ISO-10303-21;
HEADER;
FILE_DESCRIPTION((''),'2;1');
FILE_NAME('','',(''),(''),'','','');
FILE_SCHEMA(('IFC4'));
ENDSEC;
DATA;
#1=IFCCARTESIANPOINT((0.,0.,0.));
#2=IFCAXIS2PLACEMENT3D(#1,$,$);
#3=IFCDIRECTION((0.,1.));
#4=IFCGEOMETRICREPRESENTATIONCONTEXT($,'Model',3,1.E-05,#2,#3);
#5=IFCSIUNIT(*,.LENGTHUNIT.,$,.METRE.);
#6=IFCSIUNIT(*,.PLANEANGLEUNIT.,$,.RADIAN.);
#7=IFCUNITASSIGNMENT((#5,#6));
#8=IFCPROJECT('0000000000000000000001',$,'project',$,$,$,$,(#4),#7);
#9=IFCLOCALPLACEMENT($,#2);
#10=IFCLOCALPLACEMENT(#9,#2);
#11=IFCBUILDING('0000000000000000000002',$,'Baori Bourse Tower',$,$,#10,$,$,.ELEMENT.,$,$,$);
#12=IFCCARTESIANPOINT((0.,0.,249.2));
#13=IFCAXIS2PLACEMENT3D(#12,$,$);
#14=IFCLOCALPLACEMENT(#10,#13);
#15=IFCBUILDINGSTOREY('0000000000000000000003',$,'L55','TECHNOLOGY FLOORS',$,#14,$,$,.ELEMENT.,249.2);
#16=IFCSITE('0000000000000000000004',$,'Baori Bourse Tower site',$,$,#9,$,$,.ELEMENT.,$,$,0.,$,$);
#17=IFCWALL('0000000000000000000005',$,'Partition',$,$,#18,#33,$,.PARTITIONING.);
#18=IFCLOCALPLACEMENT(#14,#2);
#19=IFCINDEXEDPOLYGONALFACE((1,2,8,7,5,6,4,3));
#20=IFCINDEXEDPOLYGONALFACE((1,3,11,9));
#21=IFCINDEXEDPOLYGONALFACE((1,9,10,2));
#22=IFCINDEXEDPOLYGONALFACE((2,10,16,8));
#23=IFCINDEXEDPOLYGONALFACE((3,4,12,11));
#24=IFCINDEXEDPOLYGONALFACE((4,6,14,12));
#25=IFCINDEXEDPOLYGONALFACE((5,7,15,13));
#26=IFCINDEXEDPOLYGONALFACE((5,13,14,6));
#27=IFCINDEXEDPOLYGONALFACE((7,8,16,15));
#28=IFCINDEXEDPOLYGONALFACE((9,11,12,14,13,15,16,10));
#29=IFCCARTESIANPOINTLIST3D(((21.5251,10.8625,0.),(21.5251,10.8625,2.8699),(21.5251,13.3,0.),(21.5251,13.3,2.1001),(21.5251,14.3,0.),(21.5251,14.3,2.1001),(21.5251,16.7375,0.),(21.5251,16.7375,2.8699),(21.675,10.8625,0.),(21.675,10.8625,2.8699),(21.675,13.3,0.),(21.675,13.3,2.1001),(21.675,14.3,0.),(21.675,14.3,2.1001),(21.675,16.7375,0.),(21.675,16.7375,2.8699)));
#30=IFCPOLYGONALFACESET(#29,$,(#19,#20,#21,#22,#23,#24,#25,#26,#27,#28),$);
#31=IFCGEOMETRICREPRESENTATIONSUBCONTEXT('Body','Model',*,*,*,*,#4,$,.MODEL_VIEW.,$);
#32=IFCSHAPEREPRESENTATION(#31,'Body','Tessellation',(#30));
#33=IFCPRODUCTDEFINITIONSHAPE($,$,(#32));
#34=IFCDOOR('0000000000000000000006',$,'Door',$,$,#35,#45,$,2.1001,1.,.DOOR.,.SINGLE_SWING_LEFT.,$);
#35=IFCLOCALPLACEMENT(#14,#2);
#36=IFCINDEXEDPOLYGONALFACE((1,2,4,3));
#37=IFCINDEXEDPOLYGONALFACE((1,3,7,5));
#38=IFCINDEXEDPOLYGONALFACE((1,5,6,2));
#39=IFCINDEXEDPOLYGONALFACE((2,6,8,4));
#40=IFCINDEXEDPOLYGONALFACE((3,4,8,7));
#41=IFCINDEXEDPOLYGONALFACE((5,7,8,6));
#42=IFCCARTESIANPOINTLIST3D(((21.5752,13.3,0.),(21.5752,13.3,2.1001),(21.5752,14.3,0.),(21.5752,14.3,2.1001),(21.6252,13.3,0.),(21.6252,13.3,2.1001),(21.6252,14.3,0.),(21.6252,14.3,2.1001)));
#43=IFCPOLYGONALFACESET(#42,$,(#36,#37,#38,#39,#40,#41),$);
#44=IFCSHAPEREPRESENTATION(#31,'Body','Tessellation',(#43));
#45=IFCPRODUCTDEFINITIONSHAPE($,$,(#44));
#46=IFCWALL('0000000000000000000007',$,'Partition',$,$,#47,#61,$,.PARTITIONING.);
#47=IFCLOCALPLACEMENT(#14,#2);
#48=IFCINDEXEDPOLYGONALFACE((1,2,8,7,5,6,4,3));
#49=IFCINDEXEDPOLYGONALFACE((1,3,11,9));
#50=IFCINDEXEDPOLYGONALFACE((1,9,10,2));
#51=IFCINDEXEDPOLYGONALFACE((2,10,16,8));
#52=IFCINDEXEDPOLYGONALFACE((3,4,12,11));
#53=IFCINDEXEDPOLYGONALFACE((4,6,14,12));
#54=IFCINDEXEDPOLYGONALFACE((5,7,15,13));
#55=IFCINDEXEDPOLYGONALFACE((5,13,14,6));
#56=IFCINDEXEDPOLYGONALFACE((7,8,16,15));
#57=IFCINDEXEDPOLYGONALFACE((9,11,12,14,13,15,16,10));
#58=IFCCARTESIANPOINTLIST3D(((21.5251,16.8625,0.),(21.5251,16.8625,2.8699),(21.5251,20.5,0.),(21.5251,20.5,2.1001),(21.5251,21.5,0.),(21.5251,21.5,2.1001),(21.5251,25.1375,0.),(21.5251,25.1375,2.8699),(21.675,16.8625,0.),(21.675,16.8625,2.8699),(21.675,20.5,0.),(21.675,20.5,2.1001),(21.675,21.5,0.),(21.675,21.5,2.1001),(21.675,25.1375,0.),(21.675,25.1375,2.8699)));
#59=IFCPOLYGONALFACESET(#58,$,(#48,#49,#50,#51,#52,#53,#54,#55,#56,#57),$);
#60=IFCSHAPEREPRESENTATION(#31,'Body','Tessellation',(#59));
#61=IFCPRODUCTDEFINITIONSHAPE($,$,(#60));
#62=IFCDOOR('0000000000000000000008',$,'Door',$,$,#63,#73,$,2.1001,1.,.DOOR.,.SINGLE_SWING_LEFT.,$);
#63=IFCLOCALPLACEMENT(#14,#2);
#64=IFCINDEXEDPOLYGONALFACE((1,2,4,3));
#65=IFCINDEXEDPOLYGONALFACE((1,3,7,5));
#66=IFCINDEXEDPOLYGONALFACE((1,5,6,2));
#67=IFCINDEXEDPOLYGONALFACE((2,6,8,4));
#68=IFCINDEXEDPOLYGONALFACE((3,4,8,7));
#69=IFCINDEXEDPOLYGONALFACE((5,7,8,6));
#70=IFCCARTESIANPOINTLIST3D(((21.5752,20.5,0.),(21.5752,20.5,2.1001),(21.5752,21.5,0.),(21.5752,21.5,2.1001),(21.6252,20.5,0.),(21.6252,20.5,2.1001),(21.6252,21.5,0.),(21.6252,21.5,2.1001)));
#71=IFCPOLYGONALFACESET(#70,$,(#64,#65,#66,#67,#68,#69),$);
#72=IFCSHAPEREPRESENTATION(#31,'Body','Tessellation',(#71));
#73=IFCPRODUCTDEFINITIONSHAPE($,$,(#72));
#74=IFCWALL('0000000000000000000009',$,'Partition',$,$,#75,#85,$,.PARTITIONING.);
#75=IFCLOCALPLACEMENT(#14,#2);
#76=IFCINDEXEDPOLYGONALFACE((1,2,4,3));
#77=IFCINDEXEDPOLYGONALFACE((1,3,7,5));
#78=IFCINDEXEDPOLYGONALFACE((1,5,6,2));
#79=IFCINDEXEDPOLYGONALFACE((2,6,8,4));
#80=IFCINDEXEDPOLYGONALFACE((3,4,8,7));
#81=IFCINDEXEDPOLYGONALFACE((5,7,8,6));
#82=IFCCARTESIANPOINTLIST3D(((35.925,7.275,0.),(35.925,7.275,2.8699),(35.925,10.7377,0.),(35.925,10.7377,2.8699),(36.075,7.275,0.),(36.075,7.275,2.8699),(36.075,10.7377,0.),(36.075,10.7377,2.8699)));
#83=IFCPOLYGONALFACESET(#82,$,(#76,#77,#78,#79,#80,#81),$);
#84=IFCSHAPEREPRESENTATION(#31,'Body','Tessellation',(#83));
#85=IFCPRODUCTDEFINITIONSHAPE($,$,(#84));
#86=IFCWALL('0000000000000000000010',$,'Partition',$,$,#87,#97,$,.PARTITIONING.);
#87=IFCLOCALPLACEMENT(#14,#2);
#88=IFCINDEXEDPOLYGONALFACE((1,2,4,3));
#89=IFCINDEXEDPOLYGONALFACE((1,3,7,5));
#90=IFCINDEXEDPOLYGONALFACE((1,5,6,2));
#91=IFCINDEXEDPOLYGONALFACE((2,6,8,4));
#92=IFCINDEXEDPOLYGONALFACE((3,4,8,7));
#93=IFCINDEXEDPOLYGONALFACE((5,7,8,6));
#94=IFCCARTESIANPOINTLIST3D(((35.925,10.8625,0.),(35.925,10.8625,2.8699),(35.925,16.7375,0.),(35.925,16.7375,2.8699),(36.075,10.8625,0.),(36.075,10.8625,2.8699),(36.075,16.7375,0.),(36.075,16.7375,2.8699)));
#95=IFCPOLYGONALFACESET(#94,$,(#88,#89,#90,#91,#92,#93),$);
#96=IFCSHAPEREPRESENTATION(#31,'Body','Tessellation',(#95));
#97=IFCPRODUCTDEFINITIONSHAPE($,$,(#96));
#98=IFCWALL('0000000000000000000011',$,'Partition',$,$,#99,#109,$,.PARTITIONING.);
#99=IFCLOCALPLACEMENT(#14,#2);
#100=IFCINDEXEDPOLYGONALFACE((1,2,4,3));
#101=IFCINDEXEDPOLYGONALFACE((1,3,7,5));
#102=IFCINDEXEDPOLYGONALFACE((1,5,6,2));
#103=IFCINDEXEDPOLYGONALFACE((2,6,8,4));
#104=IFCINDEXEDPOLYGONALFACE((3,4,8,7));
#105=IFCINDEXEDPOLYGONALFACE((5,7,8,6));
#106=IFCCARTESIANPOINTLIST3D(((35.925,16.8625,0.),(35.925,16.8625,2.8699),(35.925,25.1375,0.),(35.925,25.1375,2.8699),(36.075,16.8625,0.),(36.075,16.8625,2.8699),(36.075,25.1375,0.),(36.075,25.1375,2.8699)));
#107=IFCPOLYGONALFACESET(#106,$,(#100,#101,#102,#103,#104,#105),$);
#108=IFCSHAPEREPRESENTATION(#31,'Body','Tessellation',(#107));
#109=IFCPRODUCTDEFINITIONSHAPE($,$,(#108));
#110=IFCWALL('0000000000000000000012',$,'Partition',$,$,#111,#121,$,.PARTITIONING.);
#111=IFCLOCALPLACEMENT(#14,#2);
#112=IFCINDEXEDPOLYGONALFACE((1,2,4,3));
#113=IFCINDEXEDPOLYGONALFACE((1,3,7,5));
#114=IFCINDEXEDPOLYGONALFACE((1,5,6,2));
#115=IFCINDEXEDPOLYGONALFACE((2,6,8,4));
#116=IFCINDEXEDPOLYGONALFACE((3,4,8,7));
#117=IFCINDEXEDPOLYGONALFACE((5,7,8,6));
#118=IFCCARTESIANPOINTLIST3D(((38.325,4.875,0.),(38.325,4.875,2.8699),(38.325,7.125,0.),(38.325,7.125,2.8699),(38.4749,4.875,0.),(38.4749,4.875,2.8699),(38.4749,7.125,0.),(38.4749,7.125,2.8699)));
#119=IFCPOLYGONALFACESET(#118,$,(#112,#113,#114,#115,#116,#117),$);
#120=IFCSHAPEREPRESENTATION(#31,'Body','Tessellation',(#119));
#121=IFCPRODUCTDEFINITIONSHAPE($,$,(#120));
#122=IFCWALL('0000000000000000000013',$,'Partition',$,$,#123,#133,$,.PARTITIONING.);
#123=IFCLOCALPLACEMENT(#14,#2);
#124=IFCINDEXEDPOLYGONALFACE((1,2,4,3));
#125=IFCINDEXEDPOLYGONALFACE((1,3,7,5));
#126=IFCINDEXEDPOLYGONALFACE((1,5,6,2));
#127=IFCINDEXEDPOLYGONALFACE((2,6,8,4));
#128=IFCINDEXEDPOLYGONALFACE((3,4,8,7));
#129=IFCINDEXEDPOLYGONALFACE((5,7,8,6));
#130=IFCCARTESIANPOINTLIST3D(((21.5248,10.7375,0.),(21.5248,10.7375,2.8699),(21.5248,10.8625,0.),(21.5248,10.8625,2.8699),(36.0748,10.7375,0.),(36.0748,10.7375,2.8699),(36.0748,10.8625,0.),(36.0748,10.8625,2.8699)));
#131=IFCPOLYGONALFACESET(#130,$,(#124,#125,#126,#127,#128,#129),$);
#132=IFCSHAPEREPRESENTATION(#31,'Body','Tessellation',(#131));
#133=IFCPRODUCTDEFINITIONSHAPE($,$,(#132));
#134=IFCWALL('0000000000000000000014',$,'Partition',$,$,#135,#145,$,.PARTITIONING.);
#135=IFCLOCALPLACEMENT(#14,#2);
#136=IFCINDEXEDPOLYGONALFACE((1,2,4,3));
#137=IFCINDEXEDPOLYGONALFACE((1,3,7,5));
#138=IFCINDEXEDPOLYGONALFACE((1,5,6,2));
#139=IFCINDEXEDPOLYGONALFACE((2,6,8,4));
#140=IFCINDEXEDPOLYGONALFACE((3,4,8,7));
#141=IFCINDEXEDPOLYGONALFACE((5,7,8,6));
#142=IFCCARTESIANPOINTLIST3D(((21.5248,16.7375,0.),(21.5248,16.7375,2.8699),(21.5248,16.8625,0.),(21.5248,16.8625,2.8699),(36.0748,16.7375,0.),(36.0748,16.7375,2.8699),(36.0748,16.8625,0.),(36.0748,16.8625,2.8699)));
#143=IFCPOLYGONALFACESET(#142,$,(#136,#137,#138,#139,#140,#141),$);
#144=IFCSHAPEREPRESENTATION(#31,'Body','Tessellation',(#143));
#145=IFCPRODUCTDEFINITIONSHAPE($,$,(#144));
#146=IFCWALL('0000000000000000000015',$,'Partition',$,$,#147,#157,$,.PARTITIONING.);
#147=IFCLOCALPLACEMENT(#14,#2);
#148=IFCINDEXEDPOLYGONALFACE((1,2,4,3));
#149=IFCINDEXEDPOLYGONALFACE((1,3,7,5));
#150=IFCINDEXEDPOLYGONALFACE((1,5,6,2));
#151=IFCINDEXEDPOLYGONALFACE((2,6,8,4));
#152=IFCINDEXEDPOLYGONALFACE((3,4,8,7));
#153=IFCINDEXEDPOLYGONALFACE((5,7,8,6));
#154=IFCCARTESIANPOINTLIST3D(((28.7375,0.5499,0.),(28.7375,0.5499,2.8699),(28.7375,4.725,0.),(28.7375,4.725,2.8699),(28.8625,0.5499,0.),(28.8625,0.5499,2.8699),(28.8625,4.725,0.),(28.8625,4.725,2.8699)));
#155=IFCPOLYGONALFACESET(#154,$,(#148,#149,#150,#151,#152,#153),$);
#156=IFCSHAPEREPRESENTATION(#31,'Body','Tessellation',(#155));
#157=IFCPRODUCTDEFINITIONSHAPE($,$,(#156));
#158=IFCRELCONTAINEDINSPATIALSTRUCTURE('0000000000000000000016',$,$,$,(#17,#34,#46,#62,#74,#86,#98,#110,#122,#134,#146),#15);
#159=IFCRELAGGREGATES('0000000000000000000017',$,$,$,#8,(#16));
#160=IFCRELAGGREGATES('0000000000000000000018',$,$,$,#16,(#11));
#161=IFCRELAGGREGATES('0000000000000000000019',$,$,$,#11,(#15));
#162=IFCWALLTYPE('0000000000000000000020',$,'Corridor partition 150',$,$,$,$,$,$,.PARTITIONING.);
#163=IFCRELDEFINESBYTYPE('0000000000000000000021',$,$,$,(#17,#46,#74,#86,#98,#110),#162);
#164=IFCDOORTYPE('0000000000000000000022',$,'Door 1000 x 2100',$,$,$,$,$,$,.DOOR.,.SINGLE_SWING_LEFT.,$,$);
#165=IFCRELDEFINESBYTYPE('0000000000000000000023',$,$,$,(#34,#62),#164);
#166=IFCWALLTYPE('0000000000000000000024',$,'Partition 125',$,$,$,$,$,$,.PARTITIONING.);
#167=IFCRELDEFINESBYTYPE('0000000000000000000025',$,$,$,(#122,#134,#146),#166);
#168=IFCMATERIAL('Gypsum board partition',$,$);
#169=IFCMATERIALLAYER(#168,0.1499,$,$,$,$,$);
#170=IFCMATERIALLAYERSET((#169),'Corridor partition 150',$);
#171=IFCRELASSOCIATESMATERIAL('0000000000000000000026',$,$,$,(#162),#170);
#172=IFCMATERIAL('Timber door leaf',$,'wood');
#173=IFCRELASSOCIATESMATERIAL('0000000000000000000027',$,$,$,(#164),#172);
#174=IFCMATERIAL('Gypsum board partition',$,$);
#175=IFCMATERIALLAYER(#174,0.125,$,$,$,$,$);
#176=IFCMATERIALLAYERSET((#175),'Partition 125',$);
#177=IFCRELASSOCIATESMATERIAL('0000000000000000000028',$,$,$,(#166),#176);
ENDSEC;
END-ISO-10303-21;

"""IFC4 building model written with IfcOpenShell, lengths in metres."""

from ifc_helpers import new_model, si_unit, direction, frame, frame_2d, origin, place, context, subcontext, project, spatial, rectangle, extrude, material, layer, layer_set, type_object, element, fill, save


model = new_model("IFC4")

# Units and contexts
model_context = context("Model", 3, precision=1e-05, world=origin(), true_north=direction((0.0, 1.0)))
body_context = subcontext(model_context, "Body", "Model", "MODEL_VIEW")
ifc_project = project(units=[si_unit("LENGTHUNIT", "METRE"), si_unit("PLANEANGLEUNIT", "RADIAN")], contexts=[model_context])

# Site, building, storey
site_placement = place(None, origin())
site = spatial("IfcSite", under=ifc_project, at=site_placement, Name="Baori Bourse Tower site", CompositionType="ELEMENT", RefElevation=0.0)
building_placement = place(site_placement, origin())
building = spatial("IfcBuilding", under=site, at=building_placement, Name="Baori Bourse Tower", CompositionType="ELEMENT")
storey_placement = place(building_placement, frame((0.0, 0.0, 249.2)))
storey = spatial("IfcBuildingStorey", under=building, at=storey_placement, Name="L55", Description="TECHNOLOGY FLOORS", CompositionType="ELEMENT", Elevation=249.2)

# Shared definitions
ifc_material_1 = material(Name="Gypsum board partition")
ifc_layer_1 = layer(ifc_material_1, 0.1499)
ifc_layer_set_1 = layer_set([ifc_layer_1], Name="Corridor partition 150")
wall_type_1 = type_object("IfcWallType", Name="Corridor partition 150", PredefinedType="PARTITIONING", material=ifc_layer_set_1)
ifc_material_2 = material(Name="Timber door leaf", Category="wood")
door_type = type_object("IfcDoorType", Name="Door 1000 x 2100", OperationType="SINGLE_SWING_LEFT", PredefinedType="DOOR", material=ifc_material_2)

# Walls, openings, doors
wall_1_placement = place(storey_placement, frame((21.6001, 10.8625, 0.0), z_axis=(0.0, 0.0, 1.0), x_axis=(0.0, 1.0, 0.0)))
wall_1 = element("IfcWall", 1, at=wall_1_placement, inside=storey, type_object=wall_type_1, Name="Partition", PredefinedType="PARTITIONING", context=body_context, shape_type="SweptSolid", body=[
    extrude(rectangle(XDim=5.875, YDim=0.1499, at=frame_2d((2.9375, 0.0))), origin(), (0.0, 0.0, 1.0), 2.8699),
])
opening_1_placement = place(wall_1_placement, frame((2.4375, 0.0, 0.0)))
opening_1 = element("IfcOpeningElement", 2, at=opening_1_placement, cuts=wall_1, PredefinedType="OPENING", context=body_context, shape_type="SweptSolid", body=[
    extrude(rectangle(XDim=1.0, YDim=2.1001, at=frame_2d((0.5, 1.05))), frame((0.0, 0.085, 0.0), z_axis=(0.0, -1.0, 0.0), x_axis=(1.0, 0.0, 0.0)), (0.0, 0.0, 1.0), 0.1699),
])
door_1_placement = place(opening_1_placement, origin())
door_1 = element("IfcDoor", 3, at=door_1_placement, inside=storey, type_object=door_type, Name="Door", OperationType="SINGLE_SWING_LEFT", OverallHeight=2.1001, OverallWidth=1.0, PredefinedType="DOOR", context=body_context, shape_type="SweptSolid", body=[
    extrude(rectangle(XDim=1.0, YDim=2.1001, at=frame_2d((0.5, 1.05))), frame((0.0, 0.0249, 0.0), z_axis=(0.0, -1.0, 0.0), x_axis=(1.0, 0.0, 0.0)), (0.0, 0.0, 1.0), 0.05),
])
fill(opening_1, door_1)
wall_2_placement = place(storey_placement, frame((21.6001, 16.8625, 0.0), z_axis=(0.0, 0.0, 1.0), x_axis=(0.0, 1.0, 0.0)))
wall_2 = element("IfcWall", 4, at=wall_2_placement, inside=storey, type_object=wall_type_1, Name="Partition", PredefinedType="PARTITIONING", context=body_context, shape_type="SweptSolid", body=[
    extrude(rectangle(XDim=8.2749, YDim=0.1499, at=frame_2d((4.1375, 0.0))), origin(), (0.0, 0.0, 1.0), 2.8699),
])
opening_2_placement = place(wall_2_placement, frame((3.6375, 0.0, 0.0)))
opening_2 = element("IfcOpeningElement", 5, at=opening_2_placement, cuts=wall_2, PredefinedType="OPENING", context=body_context, shape_type="SweptSolid", body=[
    extrude(rectangle(XDim=1.0, YDim=2.1001, at=frame_2d((0.5, 1.05))), frame((0.0, 0.085, 0.0), z_axis=(0.0, -1.0, 0.0), x_axis=(1.0, 0.0, 0.0)), (0.0, 0.0, 1.0), 0.1699),
])
door_2_placement = place(opening_2_placement, origin())
door_2 = element("IfcDoor", 6, at=door_2_placement, inside=storey, type_object=door_type, Name="Door", OperationType="SINGLE_SWING_LEFT", OverallHeight=2.1001, OverallWidth=1.0, PredefinedType="DOOR", context=body_context, shape_type="SweptSolid", body=[
    extrude(rectangle(XDim=1.0, YDim=2.1001, at=frame_2d((0.5, 1.05))), frame((0.0, 0.0249, 0.0), z_axis=(0.0, -1.0, 0.0), x_axis=(1.0, 0.0, 0.0)), (0.0, 0.0, 1.0), 0.05),
])
fill(opening_2, door_2)

# Walls
wall_3_placement = place(storey_placement, frame((36.0, 7.2749, 0.0), z_axis=(0.0, 0.0, 1.0), x_axis=(0.0, 1.0, 0.0)))
element("IfcWall", 7, at=wall_3_placement, inside=storey, type_object=wall_type_1, Name="Partition", PredefinedType="PARTITIONING", context=body_context, shape_type="SweptSolid", body=[
    extrude(rectangle(XDim=3.4626, YDim=0.1499, at=frame_2d((1.7314, 0.0))), origin(), (0.0, 0.0, 1.0), 2.8699),
])
wall_4_placement = place(storey_placement, frame((36.0, 10.8625, 0.0), z_axis=(0.0, 0.0, 1.0), x_axis=(0.0, 1.0, 0.0)))
element("IfcWall", 8, at=wall_4_placement, inside=storey, type_object=wall_type_1, Name="Partition", PredefinedType="PARTITIONING", context=body_context, shape_type="SweptSolid", body=[
    extrude(rectangle(XDim=5.875, YDim=0.1499, at=frame_2d((2.9375, 0.0))), origin(), (0.0, 0.0, 1.0), 2.8699),
])
wall_5_placement = place(storey_placement, frame((36.0, 16.8625, 0.0), z_axis=(0.0, 0.0, 1.0), x_axis=(0.0, 1.0, 0.0)))
element("IfcWall", 9, at=wall_5_placement, inside=storey, type_object=wall_type_1, Name="Partition", PredefinedType="PARTITIONING", context=body_context, shape_type="SweptSolid", body=[
    extrude(rectangle(XDim=8.2749, YDim=0.1499, at=frame_2d((4.1375, 0.0))), origin(), (0.0, 0.0, 1.0), 2.8699),
])
wall_6_placement = place(storey_placement, frame((38.3999, 4.875, 0.0), z_axis=(0.0, 0.0, 1.0), x_axis=(0.0, 1.0, 0.0)))
element("IfcWall", 10, at=wall_6_placement, inside=storey, type_object=wall_type_1, Name="Partition", PredefinedType="PARTITIONING", context=body_context, shape_type="SweptSolid", body=[
    extrude(rectangle(XDim=2.25, YDim=0.1499, at=frame_2d((1.125, 0.0))), origin(), (0.0, 0.0, 1.0), 2.8699),
])
ifc_material_3 = material(Name="Gypsum board partition")
ifc_layer_2 = layer(ifc_material_3, 0.125)
ifc_layer_set_2 = layer_set([ifc_layer_2], Name="Partition 125")
wall_type_2 = type_object("IfcWallType", Name="Partition 125", PredefinedType="PARTITIONING", material=ifc_layer_set_2)
for number, where, z_axis, x_axis, name in (
    (11, (21.5249, 10.8, 0.0), (0.0, 0.0, 1.0), (1.0, 0.0, 0.0), "Partition"),
    (12, (21.5249, 16.8, 0.0), (0.0, 0.0, 1.0), (1.0, 0.0, 0.0), "Partition"),
):
    element("IfcWall", number, at=place(storey_placement, frame(where, z_axis=z_axis, x_axis=x_axis)), inside=storey, type_object=wall_type_2, Name=name, PredefinedType="PARTITIONING", context=body_context, shape_type="SweptSolid", body=[
        extrude(rectangle(XDim=14.55, YDim=0.125, at=frame_2d((7.2749, 0.0))), origin(), (0.0, 0.0, 1.0), 2.8699),
    ])
wall_7_placement = place(storey_placement, frame((28.8, 0.55, 0.0), z_axis=(0.0, 0.0, 1.0), x_axis=(0.0, 1.0, 0.0)))
element("IfcWall", 13, at=wall_7_placement, inside=storey, type_object=wall_type_2, Name="Partition", PredefinedType="PARTITIONING", context=body_context, shape_type="SweptSolid", body=[
    extrude(rectangle(XDim=4.175, YDim=0.125, at=frame_2d((2.0874, 0.0))), origin(), (0.0, 0.0, 1.0), 2.8699),
])

save(model, "model.ifc")
